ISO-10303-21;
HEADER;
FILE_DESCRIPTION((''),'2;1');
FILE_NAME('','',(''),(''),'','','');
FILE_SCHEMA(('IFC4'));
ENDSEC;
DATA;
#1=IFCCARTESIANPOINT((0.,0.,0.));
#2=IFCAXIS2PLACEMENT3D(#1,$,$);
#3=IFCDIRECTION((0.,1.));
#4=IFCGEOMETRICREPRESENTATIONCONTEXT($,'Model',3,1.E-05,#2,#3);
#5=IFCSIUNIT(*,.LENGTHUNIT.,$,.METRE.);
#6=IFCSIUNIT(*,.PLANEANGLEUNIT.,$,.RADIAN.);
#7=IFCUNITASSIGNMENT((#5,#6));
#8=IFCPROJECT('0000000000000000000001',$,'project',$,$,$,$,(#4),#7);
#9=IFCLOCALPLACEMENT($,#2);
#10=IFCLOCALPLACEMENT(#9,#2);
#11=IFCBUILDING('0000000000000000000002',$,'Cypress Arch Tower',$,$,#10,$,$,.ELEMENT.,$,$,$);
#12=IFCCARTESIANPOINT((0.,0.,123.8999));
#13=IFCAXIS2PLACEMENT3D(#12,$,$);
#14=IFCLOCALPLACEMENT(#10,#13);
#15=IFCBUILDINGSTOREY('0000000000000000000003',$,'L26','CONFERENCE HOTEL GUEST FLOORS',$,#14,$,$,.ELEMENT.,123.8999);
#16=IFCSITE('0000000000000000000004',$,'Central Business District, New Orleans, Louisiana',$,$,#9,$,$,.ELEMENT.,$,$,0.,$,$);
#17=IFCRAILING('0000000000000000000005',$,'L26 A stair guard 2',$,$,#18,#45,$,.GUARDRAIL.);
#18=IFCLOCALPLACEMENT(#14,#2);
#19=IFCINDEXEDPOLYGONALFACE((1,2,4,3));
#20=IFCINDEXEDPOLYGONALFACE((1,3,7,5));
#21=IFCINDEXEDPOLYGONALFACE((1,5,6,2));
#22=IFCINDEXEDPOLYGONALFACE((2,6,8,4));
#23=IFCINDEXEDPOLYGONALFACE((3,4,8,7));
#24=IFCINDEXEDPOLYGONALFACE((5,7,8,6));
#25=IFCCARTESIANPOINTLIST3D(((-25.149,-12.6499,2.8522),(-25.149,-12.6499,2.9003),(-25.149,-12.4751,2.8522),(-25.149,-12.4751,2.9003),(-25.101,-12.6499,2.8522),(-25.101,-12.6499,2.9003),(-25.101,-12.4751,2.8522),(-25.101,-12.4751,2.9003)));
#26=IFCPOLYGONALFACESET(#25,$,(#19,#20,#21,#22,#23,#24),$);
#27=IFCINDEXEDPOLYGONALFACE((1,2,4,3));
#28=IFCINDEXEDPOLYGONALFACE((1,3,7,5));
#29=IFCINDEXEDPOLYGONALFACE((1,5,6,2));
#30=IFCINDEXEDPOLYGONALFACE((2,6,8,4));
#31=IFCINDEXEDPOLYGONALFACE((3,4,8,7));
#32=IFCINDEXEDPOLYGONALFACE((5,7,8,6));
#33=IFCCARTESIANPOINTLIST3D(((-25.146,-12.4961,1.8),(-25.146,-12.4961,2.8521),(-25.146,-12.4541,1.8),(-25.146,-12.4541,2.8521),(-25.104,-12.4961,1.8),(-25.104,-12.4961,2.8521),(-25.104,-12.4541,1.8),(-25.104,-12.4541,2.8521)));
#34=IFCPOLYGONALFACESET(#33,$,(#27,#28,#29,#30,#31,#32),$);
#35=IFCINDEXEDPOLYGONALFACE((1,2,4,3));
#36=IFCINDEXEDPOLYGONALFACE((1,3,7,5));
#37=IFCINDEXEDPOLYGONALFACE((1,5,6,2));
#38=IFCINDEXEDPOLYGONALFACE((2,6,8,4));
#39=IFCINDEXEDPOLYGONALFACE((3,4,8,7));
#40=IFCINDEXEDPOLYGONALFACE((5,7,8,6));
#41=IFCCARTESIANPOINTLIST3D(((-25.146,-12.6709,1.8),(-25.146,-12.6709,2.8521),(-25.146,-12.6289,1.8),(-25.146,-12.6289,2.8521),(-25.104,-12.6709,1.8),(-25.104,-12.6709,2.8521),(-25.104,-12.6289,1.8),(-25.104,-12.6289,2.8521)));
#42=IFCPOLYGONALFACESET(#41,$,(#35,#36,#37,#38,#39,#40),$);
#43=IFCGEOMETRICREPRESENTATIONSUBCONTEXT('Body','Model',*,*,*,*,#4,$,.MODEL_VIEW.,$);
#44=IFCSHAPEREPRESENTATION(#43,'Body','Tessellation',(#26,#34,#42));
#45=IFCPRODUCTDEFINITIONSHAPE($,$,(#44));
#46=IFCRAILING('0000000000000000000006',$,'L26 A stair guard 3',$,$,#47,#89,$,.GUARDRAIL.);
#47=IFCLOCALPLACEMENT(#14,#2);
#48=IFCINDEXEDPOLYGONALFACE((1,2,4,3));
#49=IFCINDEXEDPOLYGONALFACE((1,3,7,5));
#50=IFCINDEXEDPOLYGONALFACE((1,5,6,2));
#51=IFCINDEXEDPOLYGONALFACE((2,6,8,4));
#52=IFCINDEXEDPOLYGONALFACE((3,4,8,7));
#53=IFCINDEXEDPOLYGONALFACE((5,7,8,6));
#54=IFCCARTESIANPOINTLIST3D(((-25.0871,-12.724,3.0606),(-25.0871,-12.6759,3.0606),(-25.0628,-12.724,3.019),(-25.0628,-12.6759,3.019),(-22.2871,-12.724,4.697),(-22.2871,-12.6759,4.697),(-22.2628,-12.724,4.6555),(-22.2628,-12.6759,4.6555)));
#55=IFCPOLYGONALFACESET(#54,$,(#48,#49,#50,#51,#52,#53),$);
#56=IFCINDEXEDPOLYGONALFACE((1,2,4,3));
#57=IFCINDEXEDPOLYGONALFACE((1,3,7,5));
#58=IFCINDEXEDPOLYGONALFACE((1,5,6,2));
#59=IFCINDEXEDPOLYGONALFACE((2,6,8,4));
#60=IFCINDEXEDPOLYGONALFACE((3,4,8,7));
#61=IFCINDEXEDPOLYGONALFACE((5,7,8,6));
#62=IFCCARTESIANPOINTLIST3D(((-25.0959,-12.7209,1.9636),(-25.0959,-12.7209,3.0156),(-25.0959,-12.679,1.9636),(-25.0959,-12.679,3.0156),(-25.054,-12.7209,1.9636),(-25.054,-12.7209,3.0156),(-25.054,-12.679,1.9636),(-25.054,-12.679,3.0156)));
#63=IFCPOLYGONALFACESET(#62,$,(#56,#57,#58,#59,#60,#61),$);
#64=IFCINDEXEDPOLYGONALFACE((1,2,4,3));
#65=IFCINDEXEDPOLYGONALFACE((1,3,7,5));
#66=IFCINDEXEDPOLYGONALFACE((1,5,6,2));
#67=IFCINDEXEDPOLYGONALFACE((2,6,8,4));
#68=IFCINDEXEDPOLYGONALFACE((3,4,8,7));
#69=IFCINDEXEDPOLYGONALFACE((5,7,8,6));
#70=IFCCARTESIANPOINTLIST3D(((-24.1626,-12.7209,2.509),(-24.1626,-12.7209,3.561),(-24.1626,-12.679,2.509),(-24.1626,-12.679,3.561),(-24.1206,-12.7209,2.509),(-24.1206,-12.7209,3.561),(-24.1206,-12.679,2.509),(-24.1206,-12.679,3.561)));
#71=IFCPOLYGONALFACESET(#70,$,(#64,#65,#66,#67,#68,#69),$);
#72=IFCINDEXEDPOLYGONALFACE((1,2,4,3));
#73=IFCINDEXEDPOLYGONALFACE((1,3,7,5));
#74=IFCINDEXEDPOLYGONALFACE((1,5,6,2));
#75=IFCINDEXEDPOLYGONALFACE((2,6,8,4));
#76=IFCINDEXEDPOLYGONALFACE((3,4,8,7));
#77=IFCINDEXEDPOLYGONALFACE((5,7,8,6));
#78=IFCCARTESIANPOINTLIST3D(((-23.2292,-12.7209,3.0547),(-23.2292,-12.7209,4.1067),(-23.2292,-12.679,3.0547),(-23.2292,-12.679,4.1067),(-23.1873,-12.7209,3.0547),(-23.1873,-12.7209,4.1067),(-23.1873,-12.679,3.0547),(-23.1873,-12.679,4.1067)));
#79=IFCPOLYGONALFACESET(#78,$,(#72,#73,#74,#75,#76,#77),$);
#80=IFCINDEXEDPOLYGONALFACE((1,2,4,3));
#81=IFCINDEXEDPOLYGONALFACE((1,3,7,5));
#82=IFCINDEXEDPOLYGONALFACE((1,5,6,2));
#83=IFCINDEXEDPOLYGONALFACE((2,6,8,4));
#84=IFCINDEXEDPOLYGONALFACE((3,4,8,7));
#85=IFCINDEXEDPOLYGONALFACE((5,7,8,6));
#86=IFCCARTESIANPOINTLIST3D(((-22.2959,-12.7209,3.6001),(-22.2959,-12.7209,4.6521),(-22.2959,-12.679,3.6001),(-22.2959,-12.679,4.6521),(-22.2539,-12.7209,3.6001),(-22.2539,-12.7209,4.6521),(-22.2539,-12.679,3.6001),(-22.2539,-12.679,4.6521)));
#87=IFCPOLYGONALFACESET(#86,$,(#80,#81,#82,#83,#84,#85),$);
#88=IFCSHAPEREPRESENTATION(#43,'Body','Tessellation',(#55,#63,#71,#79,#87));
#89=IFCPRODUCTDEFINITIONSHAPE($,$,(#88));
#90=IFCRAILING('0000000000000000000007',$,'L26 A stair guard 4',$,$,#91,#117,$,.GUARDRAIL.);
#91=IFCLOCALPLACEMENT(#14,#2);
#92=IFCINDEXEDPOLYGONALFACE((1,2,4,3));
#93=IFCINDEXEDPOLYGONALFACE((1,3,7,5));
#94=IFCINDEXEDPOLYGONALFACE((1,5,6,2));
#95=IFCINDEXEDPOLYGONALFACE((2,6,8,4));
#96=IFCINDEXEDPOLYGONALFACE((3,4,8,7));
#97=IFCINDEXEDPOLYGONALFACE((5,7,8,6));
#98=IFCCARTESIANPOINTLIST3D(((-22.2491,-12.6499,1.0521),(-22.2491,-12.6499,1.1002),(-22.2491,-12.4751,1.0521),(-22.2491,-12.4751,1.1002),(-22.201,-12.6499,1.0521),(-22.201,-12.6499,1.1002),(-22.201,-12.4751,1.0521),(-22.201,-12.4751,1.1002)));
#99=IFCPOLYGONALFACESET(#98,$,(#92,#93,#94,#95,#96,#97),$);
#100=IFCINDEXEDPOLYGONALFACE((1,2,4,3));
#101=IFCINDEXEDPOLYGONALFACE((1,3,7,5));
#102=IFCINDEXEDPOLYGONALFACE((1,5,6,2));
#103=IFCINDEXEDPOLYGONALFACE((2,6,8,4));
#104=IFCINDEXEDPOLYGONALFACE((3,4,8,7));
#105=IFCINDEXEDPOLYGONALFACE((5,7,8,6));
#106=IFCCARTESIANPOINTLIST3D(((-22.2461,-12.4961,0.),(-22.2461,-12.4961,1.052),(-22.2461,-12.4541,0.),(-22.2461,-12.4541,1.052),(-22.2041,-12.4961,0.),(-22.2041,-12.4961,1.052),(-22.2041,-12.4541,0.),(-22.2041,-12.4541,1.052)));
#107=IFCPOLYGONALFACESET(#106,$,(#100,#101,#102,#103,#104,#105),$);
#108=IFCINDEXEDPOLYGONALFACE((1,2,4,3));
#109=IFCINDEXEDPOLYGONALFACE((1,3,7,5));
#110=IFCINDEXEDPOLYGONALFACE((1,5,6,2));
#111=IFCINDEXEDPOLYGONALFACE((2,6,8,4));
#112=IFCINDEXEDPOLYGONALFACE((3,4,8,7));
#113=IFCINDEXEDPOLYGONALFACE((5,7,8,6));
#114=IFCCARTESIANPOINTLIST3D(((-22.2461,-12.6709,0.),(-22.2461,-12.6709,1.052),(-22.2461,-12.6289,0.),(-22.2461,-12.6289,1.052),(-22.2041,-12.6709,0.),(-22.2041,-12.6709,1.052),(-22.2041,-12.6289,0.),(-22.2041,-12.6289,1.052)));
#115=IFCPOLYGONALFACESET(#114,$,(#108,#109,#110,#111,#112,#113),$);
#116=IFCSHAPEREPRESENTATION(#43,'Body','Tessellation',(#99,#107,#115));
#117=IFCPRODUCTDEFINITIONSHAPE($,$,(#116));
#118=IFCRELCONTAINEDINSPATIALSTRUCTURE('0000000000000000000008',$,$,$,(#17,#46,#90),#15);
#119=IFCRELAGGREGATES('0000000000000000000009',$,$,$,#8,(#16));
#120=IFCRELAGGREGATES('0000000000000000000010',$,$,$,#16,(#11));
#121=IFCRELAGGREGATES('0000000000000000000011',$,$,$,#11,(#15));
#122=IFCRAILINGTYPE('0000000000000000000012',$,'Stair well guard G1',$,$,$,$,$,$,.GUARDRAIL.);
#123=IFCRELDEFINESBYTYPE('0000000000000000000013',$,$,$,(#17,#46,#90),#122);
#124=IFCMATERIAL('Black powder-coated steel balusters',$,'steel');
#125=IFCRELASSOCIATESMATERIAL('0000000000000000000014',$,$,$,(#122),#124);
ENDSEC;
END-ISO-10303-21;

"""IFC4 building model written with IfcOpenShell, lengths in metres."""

from ifc_helpers import new_model, si_unit, direction, frame, origin, origin_2d, place, context, subcontext, project, spatial, rectangle, extrude, material, type_object, element, save


model = new_model("IFC4")

# Units and contexts
model_context = context("Model", 3, precision=1e-05, world=origin(), true_north=direction((0.0, 1.0)))
body_context = subcontext(model_context, "Body", "Model", "MODEL_VIEW")
ifc_project = project(units=[si_unit("LENGTHUNIT", "METRE"), si_unit("PLANEANGLEUNIT", "RADIAN")], contexts=[model_context])

# Site, building, storey
site_placement = place(None, origin())
site = spatial("IfcSite", under=ifc_project, at=site_placement, Name="Central Business District, New Orleans, Louisiana", CompositionType="ELEMENT", RefElevation=0.0)
building_placement = place(site_placement, origin())
building = spatial("IfcBuilding", under=site, at=building_placement, Name="Cypress Arch Tower", CompositionType="ELEMENT")
storey_placement = place(building_placement, frame((0.0, 0.0, 123.8999)))
storey = spatial("IfcBuildingStorey", under=building, at=storey_placement, Name="L26", Description="CONFERENCE HOTEL GUEST FLOORS", CompositionType="ELEMENT", Elevation=123.8999)

# Railings
ifc_material_1 = material(Name="Black powder-coated steel balusters", Category="steel")
railing_type_1 = type_object("IfcRailingType", Name="Stair well guard G1", PredefinedType="GUARDRAIL", material=ifc_material_1)
railing_1_placement = place(storey_placement, frame((-25.125, -12.4751, 1.8)))
element("IfcRailing", 1, at=railing_1_placement, inside=storey, type_object=railing_type_1, Name="L26 A stair guard 2", PredefinedType="GUARDRAIL", context=body_context, shape_type="SweptSolid", body=[
    extrude(rectangle(XDim=0.0481, YDim=0.0481, at=origin_2d()), frame((0.0, 0.0, 1.0762), z_axis=(0.0, -1.0, 0.0), x_axis=(1.0, 0.0, 0.0)), (0.0, 0.0, 1.0), 0.1748),
    extrude(rectangle(XDim=0.042, YDim=0.042, at=origin_2d()), origin(), (0.0, 0.0, 1.0), 1.052),
    extrude(rectangle(XDim=0.042, YDim=0.042, at=origin_2d()), frame((0.0, -0.1748, 0.0)), (0.0, 0.0, 1.0), 1.052),
])
railing_2_placement = place(storey_placement, frame((-25.075, -12.7, 1.9636)))
element("IfcRailing", 2, at=railing_2_placement, inside=storey, type_object=railing_type_1, Name="L26 A stair guard 3", PredefinedType="GUARDRAIL", context=body_context, shape_type="SweptSolid", body=[
    extrude(rectangle(XDim=0.0481, YDim=0.0481, at=origin_2d()), frame((0.0, 0.0, 1.0762), z_axis=(0.863361, 0.0, 0.504587), x_axis=(0.0, 1.0, 0.0)), (0.0, 0.0, 1.0), 3.2432),
    extrude(rectangle(XDim=0.042, YDim=0.042, at=origin_2d()), origin(), (0.0, 0.0, 1.0), 1.052),
    extrude(rectangle(XDim=0.042, YDim=0.042, at=origin_2d()), frame((0.9333, 0.0, 0.5454)), (0.0, 0.0, 1.0), 1.052),
    extrude(rectangle(XDim=0.042, YDim=0.042, at=origin_2d()), frame((1.8667, 0.0, 1.0911)), (0.0, 0.0, 1.0), 1.052),
    extrude(rectangle(XDim=0.042, YDim=0.042, at=origin_2d()), frame((2.8, 0.0, 1.6365)), (0.0, 0.0, 1.0), 1.052),
])
railing_3_placement = place(storey_placement, frame((-22.2251, -12.4751, 0.0)))
element("IfcRailing", 3, at=railing_3_placement, inside=storey, type_object=railing_type_1, Name="L26 A stair guard 4", PredefinedType="GUARDRAIL", context=body_context, shape_type="SweptSolid", body=[
    extrude(rectangle(XDim=0.0481, YDim=0.0481, at=origin_2d()), frame((0.0, 0.0, 1.0762), z_axis=(0.0, -1.0, 0.0), x_axis=(1.0, 0.0, 0.0)), (0.0, 0.0, 1.0), 0.1748),
    extrude(rectangle(XDim=0.042, YDim=0.042, at=origin_2d()), origin(), (0.0, 0.0, 1.0), 1.052),
    extrude(rectangle(XDim=0.042, YDim=0.042, at=origin_2d()), frame((0.0, -0.1748, 0.0)), (0.0, 0.0, 1.0), 1.052),
])

save(model, "model.ifc")
